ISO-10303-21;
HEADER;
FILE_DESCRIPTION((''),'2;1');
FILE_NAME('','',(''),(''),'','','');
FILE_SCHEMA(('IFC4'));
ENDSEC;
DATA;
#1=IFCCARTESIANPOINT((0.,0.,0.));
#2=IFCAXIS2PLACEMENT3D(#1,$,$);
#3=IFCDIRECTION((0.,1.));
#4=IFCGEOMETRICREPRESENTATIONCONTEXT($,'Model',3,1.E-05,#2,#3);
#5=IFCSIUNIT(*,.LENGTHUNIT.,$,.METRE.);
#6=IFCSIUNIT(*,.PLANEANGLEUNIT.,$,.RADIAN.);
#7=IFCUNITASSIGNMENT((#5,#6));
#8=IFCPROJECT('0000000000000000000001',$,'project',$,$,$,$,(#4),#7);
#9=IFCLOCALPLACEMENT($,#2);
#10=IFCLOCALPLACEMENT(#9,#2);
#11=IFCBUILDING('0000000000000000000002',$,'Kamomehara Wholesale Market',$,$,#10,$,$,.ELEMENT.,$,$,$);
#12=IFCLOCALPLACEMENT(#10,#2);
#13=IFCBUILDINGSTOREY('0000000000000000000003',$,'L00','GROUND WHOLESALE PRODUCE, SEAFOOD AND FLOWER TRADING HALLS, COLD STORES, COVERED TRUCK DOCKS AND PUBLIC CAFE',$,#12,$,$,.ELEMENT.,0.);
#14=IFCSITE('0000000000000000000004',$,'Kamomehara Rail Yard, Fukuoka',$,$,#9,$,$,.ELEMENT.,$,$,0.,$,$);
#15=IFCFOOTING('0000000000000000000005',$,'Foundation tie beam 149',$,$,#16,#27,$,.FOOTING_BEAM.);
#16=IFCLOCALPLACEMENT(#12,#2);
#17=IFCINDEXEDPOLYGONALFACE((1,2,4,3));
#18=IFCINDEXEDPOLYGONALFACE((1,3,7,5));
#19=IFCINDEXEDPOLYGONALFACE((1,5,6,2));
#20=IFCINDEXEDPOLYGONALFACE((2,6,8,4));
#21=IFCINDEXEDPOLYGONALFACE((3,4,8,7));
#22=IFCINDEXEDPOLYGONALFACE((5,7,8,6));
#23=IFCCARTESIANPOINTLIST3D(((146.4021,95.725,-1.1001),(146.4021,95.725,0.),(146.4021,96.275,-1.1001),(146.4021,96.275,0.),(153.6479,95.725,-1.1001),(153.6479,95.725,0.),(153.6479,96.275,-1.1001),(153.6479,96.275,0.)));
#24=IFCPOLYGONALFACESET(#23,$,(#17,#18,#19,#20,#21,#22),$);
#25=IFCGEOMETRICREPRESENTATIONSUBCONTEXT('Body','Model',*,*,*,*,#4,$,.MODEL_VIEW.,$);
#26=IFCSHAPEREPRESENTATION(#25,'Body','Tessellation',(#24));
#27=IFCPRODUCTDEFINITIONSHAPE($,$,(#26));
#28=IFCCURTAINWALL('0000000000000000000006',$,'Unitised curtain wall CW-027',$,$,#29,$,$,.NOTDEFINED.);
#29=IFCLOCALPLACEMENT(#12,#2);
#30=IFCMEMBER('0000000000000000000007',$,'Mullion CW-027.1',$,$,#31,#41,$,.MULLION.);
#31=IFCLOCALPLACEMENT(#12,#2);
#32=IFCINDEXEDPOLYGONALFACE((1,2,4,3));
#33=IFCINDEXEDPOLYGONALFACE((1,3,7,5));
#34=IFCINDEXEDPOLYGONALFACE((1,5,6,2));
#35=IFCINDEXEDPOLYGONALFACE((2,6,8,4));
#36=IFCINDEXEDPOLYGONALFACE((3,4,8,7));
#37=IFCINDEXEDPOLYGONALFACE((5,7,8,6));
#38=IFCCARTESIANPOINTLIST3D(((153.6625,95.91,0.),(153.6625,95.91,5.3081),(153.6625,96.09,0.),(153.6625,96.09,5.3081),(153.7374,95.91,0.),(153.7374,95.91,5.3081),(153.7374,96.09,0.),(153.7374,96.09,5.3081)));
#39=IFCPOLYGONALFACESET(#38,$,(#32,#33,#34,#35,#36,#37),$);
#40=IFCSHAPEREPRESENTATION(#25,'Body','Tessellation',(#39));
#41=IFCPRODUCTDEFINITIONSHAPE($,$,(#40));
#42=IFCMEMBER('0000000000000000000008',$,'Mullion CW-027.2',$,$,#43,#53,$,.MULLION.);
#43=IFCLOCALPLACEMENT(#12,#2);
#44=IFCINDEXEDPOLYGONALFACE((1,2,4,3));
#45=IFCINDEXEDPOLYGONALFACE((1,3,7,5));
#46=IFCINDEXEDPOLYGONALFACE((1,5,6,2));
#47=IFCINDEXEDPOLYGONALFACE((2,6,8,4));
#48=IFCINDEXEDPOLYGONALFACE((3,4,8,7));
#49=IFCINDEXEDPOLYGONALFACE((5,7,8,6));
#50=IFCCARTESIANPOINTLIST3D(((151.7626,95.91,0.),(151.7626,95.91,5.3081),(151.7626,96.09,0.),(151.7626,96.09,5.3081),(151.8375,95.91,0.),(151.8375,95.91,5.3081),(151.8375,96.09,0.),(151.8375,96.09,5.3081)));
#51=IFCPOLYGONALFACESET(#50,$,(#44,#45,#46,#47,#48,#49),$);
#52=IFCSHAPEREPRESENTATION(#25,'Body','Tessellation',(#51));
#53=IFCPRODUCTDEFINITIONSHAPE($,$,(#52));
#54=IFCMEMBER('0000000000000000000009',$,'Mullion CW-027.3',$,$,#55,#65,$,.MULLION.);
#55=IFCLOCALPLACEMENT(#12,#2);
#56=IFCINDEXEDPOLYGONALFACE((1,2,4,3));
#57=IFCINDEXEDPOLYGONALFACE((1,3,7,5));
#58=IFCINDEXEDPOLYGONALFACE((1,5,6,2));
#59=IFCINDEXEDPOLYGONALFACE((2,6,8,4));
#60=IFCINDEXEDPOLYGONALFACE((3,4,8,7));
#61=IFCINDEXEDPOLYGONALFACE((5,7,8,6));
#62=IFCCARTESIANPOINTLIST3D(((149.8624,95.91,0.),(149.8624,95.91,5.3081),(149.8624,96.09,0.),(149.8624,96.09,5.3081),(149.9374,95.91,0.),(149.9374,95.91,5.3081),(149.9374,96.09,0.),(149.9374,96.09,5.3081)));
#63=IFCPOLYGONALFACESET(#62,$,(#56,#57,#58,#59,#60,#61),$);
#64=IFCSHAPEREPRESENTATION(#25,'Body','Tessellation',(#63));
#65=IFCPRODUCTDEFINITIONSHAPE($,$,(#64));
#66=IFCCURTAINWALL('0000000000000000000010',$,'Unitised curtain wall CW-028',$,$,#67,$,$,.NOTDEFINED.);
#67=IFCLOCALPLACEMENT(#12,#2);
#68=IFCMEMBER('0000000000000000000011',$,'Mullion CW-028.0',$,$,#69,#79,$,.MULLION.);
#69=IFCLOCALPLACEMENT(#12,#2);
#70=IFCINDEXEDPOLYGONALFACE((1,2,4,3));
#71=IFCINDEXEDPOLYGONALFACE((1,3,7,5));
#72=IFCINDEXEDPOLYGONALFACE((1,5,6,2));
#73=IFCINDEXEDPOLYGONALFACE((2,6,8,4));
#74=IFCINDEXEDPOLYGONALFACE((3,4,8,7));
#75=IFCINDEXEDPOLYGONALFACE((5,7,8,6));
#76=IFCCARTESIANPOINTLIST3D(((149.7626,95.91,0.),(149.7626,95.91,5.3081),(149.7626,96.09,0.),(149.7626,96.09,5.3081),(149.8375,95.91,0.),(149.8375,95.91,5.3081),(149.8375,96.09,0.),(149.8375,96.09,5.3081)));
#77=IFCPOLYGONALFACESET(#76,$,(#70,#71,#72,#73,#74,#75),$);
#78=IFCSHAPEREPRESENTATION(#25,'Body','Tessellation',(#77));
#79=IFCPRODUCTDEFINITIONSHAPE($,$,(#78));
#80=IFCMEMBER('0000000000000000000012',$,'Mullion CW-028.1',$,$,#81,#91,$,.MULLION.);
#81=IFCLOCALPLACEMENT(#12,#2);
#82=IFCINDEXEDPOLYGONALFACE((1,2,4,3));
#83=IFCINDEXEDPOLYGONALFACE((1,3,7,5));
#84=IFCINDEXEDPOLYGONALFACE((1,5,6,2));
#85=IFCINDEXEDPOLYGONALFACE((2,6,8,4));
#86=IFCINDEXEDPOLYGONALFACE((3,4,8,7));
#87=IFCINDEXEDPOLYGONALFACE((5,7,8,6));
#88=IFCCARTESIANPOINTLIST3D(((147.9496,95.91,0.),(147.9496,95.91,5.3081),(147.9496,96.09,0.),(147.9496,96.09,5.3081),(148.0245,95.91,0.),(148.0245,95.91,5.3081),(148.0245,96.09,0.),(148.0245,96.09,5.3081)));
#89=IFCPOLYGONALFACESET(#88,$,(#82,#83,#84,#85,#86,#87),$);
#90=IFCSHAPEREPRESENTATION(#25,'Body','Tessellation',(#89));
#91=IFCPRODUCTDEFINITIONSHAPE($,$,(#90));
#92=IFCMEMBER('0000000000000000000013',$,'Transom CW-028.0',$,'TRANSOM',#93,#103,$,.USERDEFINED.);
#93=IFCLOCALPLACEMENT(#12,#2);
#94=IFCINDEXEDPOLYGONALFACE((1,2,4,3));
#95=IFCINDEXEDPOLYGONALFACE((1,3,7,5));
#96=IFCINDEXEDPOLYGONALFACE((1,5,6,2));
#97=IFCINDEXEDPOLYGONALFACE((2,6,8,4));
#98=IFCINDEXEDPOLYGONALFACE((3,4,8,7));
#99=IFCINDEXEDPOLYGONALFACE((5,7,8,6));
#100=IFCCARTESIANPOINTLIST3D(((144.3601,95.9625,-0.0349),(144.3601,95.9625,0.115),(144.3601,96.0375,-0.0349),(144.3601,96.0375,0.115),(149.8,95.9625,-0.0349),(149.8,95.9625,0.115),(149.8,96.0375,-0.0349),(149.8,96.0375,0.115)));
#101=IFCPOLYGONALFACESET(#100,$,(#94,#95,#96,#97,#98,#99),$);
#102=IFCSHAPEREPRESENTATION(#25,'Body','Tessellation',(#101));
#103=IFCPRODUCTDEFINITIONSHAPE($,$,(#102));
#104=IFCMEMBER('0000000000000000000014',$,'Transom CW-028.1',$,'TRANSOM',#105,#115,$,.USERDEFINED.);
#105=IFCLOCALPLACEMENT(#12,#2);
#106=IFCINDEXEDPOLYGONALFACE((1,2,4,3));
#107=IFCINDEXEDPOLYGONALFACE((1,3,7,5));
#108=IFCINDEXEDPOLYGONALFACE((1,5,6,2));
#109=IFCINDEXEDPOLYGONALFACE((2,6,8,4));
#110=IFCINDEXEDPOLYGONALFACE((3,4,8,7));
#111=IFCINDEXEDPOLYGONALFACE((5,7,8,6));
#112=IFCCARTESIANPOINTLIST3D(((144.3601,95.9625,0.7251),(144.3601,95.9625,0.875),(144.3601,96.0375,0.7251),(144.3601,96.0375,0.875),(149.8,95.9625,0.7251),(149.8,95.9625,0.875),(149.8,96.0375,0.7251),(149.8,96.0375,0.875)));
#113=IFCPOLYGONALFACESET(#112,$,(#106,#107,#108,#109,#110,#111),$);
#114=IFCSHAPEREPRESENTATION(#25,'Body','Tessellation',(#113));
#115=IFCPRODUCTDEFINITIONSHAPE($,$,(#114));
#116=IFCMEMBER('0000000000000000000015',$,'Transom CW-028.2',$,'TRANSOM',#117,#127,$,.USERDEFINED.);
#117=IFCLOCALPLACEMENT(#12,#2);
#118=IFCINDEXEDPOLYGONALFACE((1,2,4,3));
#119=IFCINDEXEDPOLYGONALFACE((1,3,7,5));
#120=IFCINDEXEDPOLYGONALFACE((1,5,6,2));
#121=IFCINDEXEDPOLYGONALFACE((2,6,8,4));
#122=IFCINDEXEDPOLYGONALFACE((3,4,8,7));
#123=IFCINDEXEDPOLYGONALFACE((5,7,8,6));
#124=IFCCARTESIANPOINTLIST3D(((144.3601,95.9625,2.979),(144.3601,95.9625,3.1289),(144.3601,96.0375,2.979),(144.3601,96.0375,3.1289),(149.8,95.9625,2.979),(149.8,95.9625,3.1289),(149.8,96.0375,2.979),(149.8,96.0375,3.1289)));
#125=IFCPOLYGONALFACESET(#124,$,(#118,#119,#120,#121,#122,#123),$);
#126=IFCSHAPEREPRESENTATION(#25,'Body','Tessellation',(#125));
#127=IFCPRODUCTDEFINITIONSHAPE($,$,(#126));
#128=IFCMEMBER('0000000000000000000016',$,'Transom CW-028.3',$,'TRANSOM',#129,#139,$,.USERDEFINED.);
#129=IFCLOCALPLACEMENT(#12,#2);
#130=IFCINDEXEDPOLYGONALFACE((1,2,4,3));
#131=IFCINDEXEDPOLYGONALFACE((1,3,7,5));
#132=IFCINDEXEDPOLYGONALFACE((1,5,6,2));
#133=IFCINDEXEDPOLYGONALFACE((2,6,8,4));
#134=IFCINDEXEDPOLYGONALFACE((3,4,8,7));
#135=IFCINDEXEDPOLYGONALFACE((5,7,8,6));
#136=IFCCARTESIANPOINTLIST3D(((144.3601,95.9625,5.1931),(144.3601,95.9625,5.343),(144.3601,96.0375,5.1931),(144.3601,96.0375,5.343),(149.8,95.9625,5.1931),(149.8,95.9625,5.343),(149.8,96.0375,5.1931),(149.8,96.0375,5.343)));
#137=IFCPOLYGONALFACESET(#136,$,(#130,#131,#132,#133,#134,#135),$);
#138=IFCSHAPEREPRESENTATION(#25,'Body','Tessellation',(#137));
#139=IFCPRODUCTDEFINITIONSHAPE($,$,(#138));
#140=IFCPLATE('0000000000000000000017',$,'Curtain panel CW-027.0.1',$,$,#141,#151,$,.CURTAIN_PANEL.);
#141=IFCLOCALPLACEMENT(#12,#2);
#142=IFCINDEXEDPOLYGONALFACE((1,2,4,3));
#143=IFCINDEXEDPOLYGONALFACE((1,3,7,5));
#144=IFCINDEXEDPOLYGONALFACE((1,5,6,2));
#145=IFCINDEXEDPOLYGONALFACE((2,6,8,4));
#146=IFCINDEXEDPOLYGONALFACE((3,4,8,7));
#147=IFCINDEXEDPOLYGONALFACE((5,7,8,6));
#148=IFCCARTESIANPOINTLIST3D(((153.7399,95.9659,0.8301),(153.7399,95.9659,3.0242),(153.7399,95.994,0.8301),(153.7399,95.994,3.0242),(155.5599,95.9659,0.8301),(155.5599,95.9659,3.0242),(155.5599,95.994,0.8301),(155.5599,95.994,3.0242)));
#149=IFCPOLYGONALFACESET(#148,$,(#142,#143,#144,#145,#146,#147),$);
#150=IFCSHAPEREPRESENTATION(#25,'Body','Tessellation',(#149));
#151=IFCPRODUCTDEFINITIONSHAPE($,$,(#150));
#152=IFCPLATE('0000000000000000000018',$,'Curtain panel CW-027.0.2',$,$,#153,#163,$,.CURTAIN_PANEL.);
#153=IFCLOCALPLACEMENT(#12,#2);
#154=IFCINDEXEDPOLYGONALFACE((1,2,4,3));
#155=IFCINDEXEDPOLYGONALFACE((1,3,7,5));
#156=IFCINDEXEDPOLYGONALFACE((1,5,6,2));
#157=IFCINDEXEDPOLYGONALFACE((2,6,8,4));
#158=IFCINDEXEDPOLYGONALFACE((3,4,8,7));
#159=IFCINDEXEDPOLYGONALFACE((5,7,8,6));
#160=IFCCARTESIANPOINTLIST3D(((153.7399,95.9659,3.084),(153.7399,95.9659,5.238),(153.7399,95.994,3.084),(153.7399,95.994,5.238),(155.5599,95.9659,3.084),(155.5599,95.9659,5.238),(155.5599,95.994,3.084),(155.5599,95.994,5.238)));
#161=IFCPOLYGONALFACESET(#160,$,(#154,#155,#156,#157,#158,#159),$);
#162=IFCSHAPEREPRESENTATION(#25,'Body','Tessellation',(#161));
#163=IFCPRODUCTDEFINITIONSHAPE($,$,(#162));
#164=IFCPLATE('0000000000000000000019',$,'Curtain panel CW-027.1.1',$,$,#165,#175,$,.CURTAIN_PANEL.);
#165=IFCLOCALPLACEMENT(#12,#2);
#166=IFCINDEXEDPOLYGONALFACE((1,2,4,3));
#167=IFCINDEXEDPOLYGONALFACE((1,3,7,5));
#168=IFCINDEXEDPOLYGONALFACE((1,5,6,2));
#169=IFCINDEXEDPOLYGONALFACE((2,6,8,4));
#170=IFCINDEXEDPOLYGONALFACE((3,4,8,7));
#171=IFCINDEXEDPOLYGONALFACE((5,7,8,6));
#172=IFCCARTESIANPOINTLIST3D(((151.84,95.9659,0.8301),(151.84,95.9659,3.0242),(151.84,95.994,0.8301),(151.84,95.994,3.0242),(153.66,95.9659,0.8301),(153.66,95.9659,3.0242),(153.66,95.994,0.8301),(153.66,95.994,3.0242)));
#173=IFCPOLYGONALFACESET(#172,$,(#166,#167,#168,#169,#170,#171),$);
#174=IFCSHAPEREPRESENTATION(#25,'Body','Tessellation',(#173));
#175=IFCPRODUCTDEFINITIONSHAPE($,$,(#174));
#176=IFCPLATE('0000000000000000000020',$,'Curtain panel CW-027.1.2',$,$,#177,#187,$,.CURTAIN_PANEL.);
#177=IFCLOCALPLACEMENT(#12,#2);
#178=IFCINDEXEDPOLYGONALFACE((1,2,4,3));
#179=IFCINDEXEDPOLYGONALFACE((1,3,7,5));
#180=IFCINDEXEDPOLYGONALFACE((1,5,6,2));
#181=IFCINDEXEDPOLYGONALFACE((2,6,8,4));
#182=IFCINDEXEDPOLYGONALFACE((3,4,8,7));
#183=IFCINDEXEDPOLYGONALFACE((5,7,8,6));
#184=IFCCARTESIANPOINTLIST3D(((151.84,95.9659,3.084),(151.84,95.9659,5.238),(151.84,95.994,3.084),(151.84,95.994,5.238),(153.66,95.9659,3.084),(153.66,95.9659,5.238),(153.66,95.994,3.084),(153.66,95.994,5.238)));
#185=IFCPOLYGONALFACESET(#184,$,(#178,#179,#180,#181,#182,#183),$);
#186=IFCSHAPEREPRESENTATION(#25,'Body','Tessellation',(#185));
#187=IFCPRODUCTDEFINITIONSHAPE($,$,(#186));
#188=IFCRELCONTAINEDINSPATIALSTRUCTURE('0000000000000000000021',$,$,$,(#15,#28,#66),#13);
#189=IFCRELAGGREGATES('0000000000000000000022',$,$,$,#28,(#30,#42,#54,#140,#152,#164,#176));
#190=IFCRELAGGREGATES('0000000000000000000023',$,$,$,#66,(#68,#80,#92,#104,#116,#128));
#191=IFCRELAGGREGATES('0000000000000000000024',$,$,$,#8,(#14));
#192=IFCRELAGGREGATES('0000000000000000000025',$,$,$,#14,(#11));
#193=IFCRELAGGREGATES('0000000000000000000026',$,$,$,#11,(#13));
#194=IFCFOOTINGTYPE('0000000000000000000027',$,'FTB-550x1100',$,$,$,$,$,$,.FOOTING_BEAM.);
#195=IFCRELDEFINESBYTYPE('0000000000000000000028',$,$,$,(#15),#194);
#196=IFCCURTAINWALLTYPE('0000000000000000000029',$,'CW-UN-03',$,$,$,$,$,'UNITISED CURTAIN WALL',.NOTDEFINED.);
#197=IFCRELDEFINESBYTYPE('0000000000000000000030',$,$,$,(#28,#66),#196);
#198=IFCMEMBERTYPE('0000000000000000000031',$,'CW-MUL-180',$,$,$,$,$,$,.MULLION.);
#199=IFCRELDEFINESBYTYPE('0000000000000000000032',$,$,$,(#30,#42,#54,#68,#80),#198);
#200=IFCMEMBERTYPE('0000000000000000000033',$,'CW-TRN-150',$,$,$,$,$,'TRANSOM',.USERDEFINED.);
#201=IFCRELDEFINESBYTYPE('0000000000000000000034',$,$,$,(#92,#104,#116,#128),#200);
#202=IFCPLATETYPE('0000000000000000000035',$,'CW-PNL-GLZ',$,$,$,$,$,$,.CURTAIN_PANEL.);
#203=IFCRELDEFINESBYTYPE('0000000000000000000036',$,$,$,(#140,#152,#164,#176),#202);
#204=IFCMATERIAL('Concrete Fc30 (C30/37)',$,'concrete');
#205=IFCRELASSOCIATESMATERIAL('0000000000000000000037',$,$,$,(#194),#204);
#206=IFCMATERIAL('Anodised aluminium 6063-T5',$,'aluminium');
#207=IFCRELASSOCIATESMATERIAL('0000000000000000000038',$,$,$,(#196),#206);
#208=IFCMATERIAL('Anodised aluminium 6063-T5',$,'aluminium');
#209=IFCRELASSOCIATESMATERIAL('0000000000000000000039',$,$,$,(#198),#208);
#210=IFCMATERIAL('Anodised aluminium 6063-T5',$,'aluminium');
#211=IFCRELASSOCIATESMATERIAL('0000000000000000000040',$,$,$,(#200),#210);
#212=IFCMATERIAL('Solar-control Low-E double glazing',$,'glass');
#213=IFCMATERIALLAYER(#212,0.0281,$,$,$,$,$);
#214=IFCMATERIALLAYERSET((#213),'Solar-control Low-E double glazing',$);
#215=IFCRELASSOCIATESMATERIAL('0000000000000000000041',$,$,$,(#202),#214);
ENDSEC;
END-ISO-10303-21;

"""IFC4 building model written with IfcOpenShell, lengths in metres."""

from ifc_helpers import new_model, si_unit, direction, frame, origin, origin_2d, place, context, subcontext, project, spatial, rectangle, extrude, material, layer, layer_set, material_profile, profile_set, type_object, element, aggregate, save


model = new_model("IFC4")

# Units and contexts
model_context = context("Model", 3, precision=1e-05, world=origin(), true_north=direction((0.0, 1.0)))
body_context = subcontext(model_context, "Body", "Model", "MODEL_VIEW")
ifc_project = project(units=[si_unit("LENGTHUNIT", "METRE"), si_unit("PLANEANGLEUNIT", "RADIAN")], contexts=[model_context])

# Site, building, storey
site_placement = place(None, origin())
site = spatial("IfcSite", under=ifc_project, at=site_placement, Name="Kamomehara Rail Yard, Fukuoka", CompositionType="ELEMENT", RefElevation=0.0)
building_placement = place(site_placement, origin())
building = spatial("IfcBuilding", under=site, at=building_placement, Name="Kamomehara Wholesale Market", CompositionType="ELEMENT")
storey_placement = place(building_placement, origin())
storey = spatial("IfcBuildingStorey", under=building, at=storey_placement, Name="L00", Description="GROUND WHOLESALE PRODUCE, SEAFOOD AND FLOWER TRADING HALLS, COLD STORES, COVERED TRUCK DOCKS AND PUBLIC CAFE", CompositionType="ELEMENT", Elevation=0.0)

# Footing
ifc_material_1 = material(Name="Concrete Fc30 (C30/37)", Category="concrete")
ifc_material_profile_1 = material_profile(ifc_material_1, rectangle(XDim=0.55, YDim=1.1001, at=origin_2d()), Name="RC-FTB-550x1100")
ifc_profile_set_1 = profile_set([ifc_material_profile_1], Name="Concrete Fc30 (C30/37)")
footing_type = type_object("IfcFootingType", Name="FTB-550x1100", PredefinedType="FOOTING_BEAM", material=ifc_profile_set_1)
footing_placement = place(storey_placement, frame((146.4021, 96.0, -0.55), z_axis=(1.0, 0.0, 0.0), x_axis=(0.0, 1.0, 0.0)))
element("IfcFooting", 1, at=footing_placement, inside=storey, type_object=footing_type, Name="Foundation tie beam 149", PredefinedType="FOOTING_BEAM", context=body_context, shape_type="SweptSolid", body=[
    extrude(rectangle(XDim=0.55, YDim=1.1001, at=origin_2d()), origin(), (0.0, 0.0, 1.0), 7.2458),
])

# Curtain walls, members
ifc_material_2 = material(Name="Anodised aluminium 6063-T5", Category="aluminium")
curtain_wall_type = type_object("IfcCurtainWallType", Name="CW-UN-03", ElementType="UNITISED CURTAIN WALL", PredefinedType="NOTDEFINED", material=ifc_material_2)
curtain_wall_1_placement = place(storey_placement, origin())
curtain_wall_1 = element("IfcCurtainWall", 2, at=curtain_wall_1_placement, inside=storey, type_object=curtain_wall_type, Name="Unitised curtain wall CW-027", PredefinedType="NOTDEFINED")
ifc_material_3 = material(Name="Anodised aluminium 6063-T5", Category="aluminium")
ifc_material_profile_2 = material_profile(ifc_material_3, rectangle(XDim=0.075, YDim=0.1799, at=origin_2d()), Name="ALU-MUL-75x180")
ifc_profile_set_2 = profile_set([ifc_material_profile_2], Name="Anodised aluminium 6063-T5")
member_type_1 = type_object("IfcMemberType", Name="CW-MUL-180", PredefinedType="MULLION", material=ifc_profile_set_2)
member_1_placement = place(storey_placement, frame((153.7, 96.0, 0.0), z_axis=(0.0, 0.0, 1.0), x_axis=(-1.0, 0.0, 0.0)))
member_1 = element("IfcMember", 3, at=member_1_placement, type_object=member_type_1, Name="Mullion CW-027.1", PredefinedType="MULLION", context=body_context, shape_type="SweptSolid", body=[
    extrude(rectangle(XDim=0.075, YDim=0.1799, at=origin_2d()), origin(), (0.0, 0.0, 1.0), 5.3081),
])
member_2_placement = place(storey_placement, frame((151.8, 96.0, 0.0), z_axis=(0.0, 0.0, 1.0), x_axis=(-1.0, 0.0, 0.0)))
member_2 = element("IfcMember", 4, at=member_2_placement, type_object=member_type_1, Name="Mullion CW-027.2", PredefinedType="MULLION", context=body_context, shape_type="SweptSolid", body=[
    extrude(rectangle(XDim=0.075, YDim=0.1799, at=origin_2d()), origin(), (0.0, 0.0, 1.0), 5.3081),
])
member_3_placement = place(storey_placement, frame((149.8999, 96.0, 0.0), z_axis=(0.0, 0.0, 1.0), x_axis=(-1.0, 0.0, 0.0)))
member_3 = element("IfcMember", 5, at=member_3_placement, type_object=member_type_1, Name="Mullion CW-027.3", PredefinedType="MULLION", context=body_context, shape_type="SweptSolid", body=[
    extrude(rectangle(XDim=0.075, YDim=0.1799, at=origin_2d()), origin(), (0.0, 0.0, 1.0), 5.3081),
])
curtain_wall_2_placement = place(storey_placement, origin())
curtain_wall_2 = element("IfcCurtainWall", 6, at=curtain_wall_2_placement, inside=storey, type_object=curtain_wall_type, Name="Unitised curtain wall CW-028", PredefinedType="NOTDEFINED")
member_4_placement = place(storey_placement, frame((149.8, 96.0, 0.0), z_axis=(0.0, 0.0, 1.0), x_axis=(-1.0, 0.0, 0.0)))
member_4 = element("IfcMember", 7, at=member_4_placement, type_object=member_type_1, Name="Mullion CW-028.0", PredefinedType="MULLION", context=body_context, shape_type="SweptSolid", body=[
    extrude(rectangle(XDim=0.075, YDim=0.1799, at=origin_2d()), origin(), (0.0, 0.0, 1.0), 5.3081),
])
member_5_placement = place(storey_placement, frame((147.9871, 96.0, 0.0), z_axis=(0.0, 0.0, 1.0), x_axis=(-1.0, 0.0, 0.0)))
member_5 = element("IfcMember", 8, at=member_5_placement, type_object=member_type_1, Name="Mullion CW-028.1", PredefinedType="MULLION", context=body_context, shape_type="SweptSolid", body=[
    extrude(rectangle(XDim=0.075, YDim=0.1799, at=origin_2d()), origin(), (0.0, 0.0, 1.0), 5.3081),
])
ifc_material_4 = material(Name="Anodised aluminium 6063-T5", Category="aluminium")
ifc_material_profile_3 = material_profile(ifc_material_4, rectangle(XDim=0.075, YDim=0.1499, at=origin_2d()), Name="ALU-TRN-75x150")
ifc_profile_set_3 = profile_set([ifc_material_profile_3], Name="Anodised aluminium 6063-T5")
member_type_2 = type_object("IfcMemberType", Name="CW-TRN-150", ElementType="TRANSOM", PredefinedType="USERDEFINED", material=ifc_profile_set_3)
member_6_placement = place(storey_placement, frame((149.8, 96.0, 0.04), z_axis=(-1.0, 0.0, 0.0), x_axis=(0.0, -1.0, 0.0)))
member_6 = element("IfcMember", 9, at=member_6_placement, type_object=member_type_2, Name="Transom CW-028.0", ObjectType="TRANSOM", PredefinedType="USERDEFINED", context=body_context, shape_type="SweptSolid", body=[
    extrude(rectangle(XDim=0.075, YDim=0.1499, at=origin_2d()), origin(), (0.0, 0.0, 1.0), 5.4399),
])
member_7_placement = place(storey_placement, frame((149.8, 96.0, 0.8), z_axis=(-1.0, 0.0, 0.0), x_axis=(0.0, -1.0, 0.0)))
member_7 = element("IfcMember", 10, at=member_7_placement, type_object=member_type_2, Name="Transom CW-028.1", ObjectType="TRANSOM", PredefinedType="USERDEFINED", context=body_context, shape_type="SweptSolid", body=[
    extrude(rectangle(XDim=0.075, YDim=0.1499, at=origin_2d()), origin(), (0.0, 0.0, 1.0), 5.4399),
])
member_8_placement = place(storey_placement, frame((149.8, 96.0, 3.054), z_axis=(-1.0, 0.0, 0.0), x_axis=(0.0, -1.0, 0.0)))
member_8 = element("IfcMember", 11, at=member_8_placement, type_object=member_type_2, Name="Transom CW-028.2", ObjectType="TRANSOM", PredefinedType="USERDEFINED", context=body_context, shape_type="SweptSolid", body=[
    extrude(rectangle(XDim=0.075, YDim=0.1499, at=origin_2d()), origin(), (0.0, 0.0, 1.0), 5.4399),
])
member_9_placement = place(storey_placement, frame((149.8, 96.0, 5.2681), z_axis=(-1.0, 0.0, 0.0), x_axis=(0.0, -1.0, 0.0)))
member_9 = element("IfcMember", 12, at=member_9_placement, type_object=member_type_2, Name="Transom CW-028.3", ObjectType="TRANSOM", PredefinedType="USERDEFINED", context=body_context, shape_type="SweptSolid", body=[
    extrude(rectangle(XDim=0.075, YDim=0.1499, at=origin_2d()), origin(), (0.0, 0.0, 1.0), 5.4399),
])

# Plates
ifc_material_5 = material(Name="Solar-control Low-E double glazing", Category="glass")
ifc_layer_1 = layer(ifc_material_5, 0.0281)
ifc_layer_set_1 = layer_set([ifc_layer_1], Name="Solar-control Low-E double glazing")
plate_type_1 = type_object("IfcPlateType", Name="CW-PNL-GLZ", PredefinedType="CURTAIN_PANEL", material=ifc_layer_set_1)
plate_1_placement = place(storey_placement, frame((154.6499, 95.98, 0.8301), z_axis=(0.0, 0.0, 1.0), x_axis=(-1.0, 0.0, 0.0)))
plate_1 = element("IfcPlate", 13, at=plate_1_placement, type_object=plate_type_1, Name="Curtain panel CW-027.0.1", PredefinedType="CURTAIN_PANEL", context=body_context, shape_type="SweptSolid", body=[
    extrude(rectangle(XDim=1.8201, YDim=0.0281, at=origin_2d()), origin(), (0.0, 0.0, 1.0), 2.1941),
])
plate_2_placement = place(storey_placement, frame((154.6499, 95.98, 3.084), z_axis=(0.0, 0.0, 1.0), x_axis=(-1.0, 0.0, 0.0)))
plate_2 = element("IfcPlate", 14, at=plate_2_placement, type_object=plate_type_1, Name="Curtain panel CW-027.0.2", PredefinedType="CURTAIN_PANEL", context=body_context, shape_type="SweptSolid", body=[
    extrude(rectangle(XDim=1.8201, YDim=0.0281, at=origin_2d()), origin(), (0.0, 0.0, 1.0), 2.1541),
])
plate_3_placement = place(storey_placement, frame((152.75, 95.98, 0.8301), z_axis=(0.0, 0.0, 1.0), x_axis=(-1.0, 0.0, 0.0)))
plate_3 = element("IfcPlate", 15, at=plate_3_placement, type_object=plate_type_1, Name="Curtain panel CW-027.1.1", PredefinedType="CURTAIN_PANEL", context=body_context, shape_type="SweptSolid", body=[
    extrude(rectangle(XDim=1.8201, YDim=0.0281, at=origin_2d()), origin(), (0.0, 0.0, 1.0), 2.1941),
])
plate_4_placement = place(storey_placement, frame((152.75, 95.98, 3.084), z_axis=(0.0, 0.0, 1.0), x_axis=(-1.0, 0.0, 0.0)))
plate_4 = element("IfcPlate", 16, at=plate_4_placement, type_object=plate_type_1, Name="Curtain panel CW-027.1.2", PredefinedType="CURTAIN_PANEL", context=body_context, shape_type="SweptSolid", body=[
    extrude(rectangle(XDim=1.8201, YDim=0.0281, at=origin_2d()), origin(), (0.0, 0.0, 1.0), 2.1541),
])
aggregate(curtain_wall_1, [member_1, member_2, member_3, plate_1, plate_2, plate_3, plate_4])
aggregate(curtain_wall_2, [member_4, member_5, member_6, member_7, member_8, member_9])

save(model, "model.ifc")
